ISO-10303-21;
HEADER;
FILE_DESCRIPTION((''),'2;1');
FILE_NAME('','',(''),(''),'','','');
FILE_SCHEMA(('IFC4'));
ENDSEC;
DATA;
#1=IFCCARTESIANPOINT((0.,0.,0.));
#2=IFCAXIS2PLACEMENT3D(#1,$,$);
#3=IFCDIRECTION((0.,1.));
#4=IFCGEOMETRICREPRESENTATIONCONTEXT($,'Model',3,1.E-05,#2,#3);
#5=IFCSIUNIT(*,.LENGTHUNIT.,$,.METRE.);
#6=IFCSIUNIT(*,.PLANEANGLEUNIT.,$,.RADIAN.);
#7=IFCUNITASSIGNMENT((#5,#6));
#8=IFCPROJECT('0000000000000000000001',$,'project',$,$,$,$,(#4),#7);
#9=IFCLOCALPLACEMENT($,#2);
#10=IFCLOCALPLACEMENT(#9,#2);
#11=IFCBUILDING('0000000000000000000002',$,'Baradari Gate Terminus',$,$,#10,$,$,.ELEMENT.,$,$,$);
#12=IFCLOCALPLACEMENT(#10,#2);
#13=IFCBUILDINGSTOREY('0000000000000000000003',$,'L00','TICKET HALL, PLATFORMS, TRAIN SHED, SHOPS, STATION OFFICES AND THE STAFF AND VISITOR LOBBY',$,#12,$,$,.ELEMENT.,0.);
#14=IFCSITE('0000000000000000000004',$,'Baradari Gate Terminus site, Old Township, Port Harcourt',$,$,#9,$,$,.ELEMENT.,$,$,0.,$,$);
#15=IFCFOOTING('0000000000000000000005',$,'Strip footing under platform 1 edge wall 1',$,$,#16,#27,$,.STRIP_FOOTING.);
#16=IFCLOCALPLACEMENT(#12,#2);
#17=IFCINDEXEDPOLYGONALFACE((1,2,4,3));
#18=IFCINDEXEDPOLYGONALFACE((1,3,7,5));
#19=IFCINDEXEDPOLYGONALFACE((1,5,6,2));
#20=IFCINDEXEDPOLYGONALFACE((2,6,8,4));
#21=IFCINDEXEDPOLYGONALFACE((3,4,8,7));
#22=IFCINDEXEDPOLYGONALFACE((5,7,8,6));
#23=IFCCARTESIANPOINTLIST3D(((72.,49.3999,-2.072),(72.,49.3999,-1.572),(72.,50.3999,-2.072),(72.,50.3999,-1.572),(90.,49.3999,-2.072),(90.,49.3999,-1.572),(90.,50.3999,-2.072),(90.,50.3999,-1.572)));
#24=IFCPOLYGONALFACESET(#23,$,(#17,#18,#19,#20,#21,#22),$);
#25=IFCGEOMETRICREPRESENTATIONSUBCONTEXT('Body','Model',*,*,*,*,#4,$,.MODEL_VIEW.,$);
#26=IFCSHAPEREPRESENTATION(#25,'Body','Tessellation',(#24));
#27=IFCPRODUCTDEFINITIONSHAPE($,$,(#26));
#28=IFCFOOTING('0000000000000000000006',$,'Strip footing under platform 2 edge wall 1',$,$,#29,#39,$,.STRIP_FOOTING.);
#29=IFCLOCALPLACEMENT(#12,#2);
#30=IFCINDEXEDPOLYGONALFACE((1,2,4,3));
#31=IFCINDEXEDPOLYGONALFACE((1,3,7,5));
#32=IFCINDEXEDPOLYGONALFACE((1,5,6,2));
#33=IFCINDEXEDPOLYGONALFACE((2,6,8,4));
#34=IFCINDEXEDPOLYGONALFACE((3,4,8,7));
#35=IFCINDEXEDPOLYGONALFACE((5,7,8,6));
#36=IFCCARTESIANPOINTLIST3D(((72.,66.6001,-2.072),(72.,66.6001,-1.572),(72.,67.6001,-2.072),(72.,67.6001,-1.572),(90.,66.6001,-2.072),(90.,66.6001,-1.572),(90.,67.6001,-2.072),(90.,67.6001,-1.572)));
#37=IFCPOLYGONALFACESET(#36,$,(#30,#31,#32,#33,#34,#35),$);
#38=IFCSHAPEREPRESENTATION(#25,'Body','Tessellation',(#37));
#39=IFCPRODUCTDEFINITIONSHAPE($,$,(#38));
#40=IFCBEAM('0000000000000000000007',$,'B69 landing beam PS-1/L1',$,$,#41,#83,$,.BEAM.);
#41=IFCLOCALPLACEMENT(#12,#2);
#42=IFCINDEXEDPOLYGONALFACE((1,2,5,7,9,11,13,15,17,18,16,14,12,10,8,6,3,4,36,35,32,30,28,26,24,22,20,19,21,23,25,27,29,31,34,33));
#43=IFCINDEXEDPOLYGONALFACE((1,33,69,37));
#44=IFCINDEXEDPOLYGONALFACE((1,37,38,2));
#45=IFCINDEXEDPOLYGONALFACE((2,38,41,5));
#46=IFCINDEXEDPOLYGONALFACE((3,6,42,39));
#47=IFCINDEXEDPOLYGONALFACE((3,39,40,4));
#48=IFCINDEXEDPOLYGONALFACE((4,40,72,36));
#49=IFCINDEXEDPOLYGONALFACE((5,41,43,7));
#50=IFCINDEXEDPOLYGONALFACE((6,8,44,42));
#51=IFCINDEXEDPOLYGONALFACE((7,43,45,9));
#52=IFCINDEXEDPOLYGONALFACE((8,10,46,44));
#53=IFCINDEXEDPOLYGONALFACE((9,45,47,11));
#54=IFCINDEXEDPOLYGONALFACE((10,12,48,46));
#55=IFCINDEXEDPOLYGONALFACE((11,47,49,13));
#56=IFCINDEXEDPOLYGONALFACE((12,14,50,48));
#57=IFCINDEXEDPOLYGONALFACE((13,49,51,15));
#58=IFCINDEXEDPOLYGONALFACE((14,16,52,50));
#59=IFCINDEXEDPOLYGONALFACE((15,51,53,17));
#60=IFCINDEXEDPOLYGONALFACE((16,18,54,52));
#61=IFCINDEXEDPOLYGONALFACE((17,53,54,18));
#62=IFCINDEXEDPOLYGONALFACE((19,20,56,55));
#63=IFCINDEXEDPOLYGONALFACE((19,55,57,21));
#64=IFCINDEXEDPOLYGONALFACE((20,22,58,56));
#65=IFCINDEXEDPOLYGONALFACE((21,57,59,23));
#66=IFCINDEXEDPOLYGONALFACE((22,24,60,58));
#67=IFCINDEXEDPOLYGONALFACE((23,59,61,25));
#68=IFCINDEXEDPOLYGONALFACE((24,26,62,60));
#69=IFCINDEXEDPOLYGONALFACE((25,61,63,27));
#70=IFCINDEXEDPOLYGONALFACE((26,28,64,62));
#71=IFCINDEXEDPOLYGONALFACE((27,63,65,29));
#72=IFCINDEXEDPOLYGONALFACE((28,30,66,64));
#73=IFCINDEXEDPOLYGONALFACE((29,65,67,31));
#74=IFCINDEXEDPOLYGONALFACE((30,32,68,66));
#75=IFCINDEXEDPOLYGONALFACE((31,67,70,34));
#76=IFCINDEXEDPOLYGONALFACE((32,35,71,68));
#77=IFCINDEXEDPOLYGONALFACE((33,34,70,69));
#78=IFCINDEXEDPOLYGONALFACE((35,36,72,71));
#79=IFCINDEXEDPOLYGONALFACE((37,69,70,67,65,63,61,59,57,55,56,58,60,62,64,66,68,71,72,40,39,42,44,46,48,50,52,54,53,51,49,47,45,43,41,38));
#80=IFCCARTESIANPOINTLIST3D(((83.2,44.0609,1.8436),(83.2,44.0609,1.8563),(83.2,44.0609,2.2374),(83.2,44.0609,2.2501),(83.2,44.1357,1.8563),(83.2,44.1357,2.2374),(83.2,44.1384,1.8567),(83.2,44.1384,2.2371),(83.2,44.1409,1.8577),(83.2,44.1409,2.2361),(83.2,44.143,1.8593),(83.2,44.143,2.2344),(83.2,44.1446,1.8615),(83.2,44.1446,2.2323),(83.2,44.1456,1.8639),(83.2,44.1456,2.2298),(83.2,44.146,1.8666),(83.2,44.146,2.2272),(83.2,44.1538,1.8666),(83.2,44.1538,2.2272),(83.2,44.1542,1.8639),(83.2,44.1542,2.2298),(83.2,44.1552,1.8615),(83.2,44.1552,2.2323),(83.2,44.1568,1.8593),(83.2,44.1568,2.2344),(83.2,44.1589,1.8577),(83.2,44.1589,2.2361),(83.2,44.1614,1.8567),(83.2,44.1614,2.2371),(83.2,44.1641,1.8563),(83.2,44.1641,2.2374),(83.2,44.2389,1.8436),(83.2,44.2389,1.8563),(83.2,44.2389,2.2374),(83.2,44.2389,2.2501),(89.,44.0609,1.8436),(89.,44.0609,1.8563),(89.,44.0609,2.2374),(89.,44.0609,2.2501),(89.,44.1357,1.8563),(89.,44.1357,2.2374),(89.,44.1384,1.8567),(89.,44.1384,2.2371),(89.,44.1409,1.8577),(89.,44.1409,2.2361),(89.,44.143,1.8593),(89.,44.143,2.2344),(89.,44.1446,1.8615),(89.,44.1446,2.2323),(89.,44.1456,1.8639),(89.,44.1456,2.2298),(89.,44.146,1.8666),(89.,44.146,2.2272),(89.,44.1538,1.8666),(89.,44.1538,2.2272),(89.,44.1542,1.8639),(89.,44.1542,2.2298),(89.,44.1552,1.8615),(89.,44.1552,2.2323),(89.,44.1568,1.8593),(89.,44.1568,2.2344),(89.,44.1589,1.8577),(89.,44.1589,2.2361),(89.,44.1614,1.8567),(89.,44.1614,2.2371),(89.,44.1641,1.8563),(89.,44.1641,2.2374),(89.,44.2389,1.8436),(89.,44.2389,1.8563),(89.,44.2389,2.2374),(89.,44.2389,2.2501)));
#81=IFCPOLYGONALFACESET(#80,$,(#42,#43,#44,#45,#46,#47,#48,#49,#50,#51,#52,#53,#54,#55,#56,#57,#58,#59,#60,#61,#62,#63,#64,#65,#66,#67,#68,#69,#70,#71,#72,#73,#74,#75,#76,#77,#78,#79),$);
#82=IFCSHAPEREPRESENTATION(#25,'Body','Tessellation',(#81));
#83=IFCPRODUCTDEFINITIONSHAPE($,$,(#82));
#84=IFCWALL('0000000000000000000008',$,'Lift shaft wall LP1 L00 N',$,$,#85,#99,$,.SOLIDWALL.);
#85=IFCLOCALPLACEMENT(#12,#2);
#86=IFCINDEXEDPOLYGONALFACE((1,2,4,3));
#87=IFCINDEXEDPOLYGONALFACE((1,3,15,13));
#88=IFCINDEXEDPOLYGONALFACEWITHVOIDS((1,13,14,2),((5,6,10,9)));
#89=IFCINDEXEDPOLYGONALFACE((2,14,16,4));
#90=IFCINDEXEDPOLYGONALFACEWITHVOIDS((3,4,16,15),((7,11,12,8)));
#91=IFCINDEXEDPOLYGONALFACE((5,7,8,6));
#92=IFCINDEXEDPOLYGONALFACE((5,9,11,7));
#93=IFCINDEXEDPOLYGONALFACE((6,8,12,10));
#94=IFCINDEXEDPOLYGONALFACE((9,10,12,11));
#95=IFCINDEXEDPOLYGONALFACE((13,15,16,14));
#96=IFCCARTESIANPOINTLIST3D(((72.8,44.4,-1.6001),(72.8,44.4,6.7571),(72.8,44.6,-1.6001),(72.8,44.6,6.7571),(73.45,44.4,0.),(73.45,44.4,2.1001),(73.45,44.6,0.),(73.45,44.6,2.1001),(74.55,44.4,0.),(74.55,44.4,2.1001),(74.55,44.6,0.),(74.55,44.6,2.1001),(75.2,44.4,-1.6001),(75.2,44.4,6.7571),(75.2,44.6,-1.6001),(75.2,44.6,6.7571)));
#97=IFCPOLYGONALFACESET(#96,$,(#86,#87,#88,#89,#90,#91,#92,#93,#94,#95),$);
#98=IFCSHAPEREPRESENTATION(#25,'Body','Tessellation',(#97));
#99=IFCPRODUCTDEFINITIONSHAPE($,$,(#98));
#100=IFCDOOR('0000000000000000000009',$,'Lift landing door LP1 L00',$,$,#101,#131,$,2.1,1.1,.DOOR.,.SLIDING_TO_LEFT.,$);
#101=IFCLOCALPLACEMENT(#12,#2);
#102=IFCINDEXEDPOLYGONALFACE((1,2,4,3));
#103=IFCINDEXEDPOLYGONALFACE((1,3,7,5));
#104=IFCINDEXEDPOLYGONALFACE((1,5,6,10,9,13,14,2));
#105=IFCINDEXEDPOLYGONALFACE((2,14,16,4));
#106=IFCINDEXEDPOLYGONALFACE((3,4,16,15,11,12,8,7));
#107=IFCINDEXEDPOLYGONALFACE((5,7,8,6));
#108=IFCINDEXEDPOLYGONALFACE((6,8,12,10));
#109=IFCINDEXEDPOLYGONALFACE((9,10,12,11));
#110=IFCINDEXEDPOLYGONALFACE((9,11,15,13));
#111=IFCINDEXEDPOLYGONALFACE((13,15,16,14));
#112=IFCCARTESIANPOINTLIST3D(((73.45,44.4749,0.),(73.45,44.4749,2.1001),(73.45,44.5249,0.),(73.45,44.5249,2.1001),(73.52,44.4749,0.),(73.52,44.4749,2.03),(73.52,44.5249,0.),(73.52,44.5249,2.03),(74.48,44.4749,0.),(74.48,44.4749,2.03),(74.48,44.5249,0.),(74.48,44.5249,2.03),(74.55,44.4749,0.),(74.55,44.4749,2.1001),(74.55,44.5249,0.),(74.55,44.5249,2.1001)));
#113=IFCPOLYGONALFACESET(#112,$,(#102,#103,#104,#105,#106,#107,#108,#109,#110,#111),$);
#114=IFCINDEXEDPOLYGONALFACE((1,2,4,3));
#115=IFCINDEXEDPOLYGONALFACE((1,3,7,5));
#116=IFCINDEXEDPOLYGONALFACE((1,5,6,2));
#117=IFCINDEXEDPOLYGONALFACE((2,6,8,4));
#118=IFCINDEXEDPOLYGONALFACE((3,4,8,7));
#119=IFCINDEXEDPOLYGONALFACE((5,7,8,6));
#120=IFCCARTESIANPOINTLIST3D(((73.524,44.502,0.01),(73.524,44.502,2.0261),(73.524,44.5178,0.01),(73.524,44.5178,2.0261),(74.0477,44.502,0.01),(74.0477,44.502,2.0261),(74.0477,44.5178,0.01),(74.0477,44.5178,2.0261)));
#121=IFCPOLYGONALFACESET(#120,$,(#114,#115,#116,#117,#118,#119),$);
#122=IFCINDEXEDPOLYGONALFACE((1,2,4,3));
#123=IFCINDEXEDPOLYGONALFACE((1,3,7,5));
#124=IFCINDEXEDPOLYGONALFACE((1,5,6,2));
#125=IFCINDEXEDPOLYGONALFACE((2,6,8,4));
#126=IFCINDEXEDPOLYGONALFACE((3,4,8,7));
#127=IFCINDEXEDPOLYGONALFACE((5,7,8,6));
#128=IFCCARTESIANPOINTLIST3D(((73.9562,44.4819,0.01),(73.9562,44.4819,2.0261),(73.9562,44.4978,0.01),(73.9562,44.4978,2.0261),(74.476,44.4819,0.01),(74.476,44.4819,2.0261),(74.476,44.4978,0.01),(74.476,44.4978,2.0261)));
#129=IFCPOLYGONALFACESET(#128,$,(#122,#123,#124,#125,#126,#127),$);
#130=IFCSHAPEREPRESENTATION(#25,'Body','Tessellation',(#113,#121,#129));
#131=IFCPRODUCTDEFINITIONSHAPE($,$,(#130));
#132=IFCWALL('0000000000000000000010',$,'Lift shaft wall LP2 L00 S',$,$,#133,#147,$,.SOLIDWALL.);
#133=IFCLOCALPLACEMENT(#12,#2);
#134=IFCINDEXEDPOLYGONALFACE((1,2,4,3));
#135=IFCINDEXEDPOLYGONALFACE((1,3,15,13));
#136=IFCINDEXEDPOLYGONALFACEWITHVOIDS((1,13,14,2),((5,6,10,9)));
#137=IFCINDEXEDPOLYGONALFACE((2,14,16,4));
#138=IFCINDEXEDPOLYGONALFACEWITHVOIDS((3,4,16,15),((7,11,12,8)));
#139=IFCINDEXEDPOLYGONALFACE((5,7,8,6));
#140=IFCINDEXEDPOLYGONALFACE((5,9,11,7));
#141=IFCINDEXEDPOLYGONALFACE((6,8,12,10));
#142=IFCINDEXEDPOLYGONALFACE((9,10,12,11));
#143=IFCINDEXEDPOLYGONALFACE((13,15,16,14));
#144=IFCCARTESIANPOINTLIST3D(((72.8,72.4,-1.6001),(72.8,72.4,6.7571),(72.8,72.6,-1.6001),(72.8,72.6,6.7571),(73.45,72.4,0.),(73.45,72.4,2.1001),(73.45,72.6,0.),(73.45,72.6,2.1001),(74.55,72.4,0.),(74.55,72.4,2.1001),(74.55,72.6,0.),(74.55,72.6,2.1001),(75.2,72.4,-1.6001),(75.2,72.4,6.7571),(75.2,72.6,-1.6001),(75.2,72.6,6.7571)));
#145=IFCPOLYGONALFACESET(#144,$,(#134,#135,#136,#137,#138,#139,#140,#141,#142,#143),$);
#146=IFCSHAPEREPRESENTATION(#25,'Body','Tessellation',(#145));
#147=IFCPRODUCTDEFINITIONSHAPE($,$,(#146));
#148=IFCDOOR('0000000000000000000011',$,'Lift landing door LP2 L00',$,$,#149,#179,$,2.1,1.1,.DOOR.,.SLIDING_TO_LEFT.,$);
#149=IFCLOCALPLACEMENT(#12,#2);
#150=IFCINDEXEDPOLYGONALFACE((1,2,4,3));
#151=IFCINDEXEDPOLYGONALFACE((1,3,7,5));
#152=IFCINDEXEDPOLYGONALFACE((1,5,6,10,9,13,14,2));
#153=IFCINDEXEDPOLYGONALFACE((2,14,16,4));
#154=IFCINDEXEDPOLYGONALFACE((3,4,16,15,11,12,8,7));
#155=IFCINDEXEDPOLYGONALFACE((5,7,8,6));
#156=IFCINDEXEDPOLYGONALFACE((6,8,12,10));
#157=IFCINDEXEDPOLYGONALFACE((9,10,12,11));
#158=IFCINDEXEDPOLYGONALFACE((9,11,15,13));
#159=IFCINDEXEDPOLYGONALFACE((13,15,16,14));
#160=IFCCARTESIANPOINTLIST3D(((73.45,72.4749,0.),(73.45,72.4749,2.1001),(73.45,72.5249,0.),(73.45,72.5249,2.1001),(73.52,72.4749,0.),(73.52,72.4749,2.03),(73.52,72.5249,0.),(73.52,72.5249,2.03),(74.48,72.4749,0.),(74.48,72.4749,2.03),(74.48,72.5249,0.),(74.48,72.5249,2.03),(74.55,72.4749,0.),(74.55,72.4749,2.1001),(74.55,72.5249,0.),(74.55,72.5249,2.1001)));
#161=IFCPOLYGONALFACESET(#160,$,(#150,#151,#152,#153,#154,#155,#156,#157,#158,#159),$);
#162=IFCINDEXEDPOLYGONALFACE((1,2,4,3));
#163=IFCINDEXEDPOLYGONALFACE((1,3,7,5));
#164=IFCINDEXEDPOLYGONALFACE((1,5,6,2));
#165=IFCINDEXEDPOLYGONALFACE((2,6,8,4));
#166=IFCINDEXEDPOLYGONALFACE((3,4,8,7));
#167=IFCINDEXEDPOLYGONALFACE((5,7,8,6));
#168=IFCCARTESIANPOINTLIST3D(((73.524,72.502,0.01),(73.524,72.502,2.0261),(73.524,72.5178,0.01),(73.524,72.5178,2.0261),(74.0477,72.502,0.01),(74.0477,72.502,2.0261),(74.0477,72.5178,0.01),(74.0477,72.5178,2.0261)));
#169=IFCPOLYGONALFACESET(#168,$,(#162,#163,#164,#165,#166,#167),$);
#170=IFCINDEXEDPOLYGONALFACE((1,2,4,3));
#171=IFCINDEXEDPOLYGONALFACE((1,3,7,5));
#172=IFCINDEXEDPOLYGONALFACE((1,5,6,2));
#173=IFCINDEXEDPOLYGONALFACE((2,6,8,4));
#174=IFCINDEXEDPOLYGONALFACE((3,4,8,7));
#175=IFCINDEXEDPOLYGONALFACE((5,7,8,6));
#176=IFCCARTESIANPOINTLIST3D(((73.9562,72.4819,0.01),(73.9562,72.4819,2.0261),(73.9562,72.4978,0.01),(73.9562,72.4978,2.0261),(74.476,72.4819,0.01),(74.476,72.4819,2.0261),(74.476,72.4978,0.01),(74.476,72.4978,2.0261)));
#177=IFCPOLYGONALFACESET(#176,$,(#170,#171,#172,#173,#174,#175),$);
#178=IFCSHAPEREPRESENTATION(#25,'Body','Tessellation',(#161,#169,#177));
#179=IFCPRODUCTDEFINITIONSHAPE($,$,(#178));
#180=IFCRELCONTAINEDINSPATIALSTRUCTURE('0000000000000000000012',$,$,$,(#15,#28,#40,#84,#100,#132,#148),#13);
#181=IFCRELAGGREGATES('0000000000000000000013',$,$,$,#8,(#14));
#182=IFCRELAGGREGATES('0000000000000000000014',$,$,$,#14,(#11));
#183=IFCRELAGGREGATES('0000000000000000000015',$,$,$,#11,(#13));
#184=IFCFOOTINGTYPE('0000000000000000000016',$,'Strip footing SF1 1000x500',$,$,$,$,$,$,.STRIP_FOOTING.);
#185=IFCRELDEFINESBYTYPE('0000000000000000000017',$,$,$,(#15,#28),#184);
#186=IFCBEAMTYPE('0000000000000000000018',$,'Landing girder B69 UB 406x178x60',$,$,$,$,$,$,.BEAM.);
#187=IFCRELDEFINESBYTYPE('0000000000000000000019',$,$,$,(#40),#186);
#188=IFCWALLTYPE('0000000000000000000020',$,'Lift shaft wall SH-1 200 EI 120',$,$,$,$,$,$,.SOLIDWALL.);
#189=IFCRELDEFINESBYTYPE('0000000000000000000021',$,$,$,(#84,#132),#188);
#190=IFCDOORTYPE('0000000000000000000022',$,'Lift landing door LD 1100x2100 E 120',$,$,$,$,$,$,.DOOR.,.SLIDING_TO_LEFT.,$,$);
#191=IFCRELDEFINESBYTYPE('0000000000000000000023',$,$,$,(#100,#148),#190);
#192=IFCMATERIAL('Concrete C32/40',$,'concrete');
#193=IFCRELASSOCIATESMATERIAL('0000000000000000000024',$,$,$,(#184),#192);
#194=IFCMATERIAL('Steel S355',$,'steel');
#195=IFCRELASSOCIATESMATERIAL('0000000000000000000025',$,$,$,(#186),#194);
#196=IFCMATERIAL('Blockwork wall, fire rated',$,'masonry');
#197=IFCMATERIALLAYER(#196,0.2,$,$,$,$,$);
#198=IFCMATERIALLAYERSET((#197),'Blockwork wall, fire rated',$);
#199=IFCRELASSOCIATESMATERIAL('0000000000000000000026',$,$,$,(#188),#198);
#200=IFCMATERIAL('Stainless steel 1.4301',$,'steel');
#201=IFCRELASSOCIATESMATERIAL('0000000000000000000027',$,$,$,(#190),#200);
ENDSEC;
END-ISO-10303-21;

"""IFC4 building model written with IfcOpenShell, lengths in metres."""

from ifc_helpers import new_model, si_unit, direction, frame, frame_2d, origin, origin_2d, place, context, subcontext, project, spatial, polyline, rectangle, i_section, outline, extrude, material, layer, layer_set, material_profile, profile_set, type_object, element, fill, save


model = new_model("IFC4")

# Units and contexts
model_context = context("Model", 3, precision=1e-05, world=origin(), true_north=direction((0.0, 1.0)))
body_context = subcontext(model_context, "Body", "Model", "MODEL_VIEW")
ifc_project = project(units=[si_unit("LENGTHUNIT", "METRE"), si_unit("PLANEANGLEUNIT", "RADIAN")], contexts=[model_context])

# Site, building, storey
site_placement = place(None, origin())
site = spatial("IfcSite", under=ifc_project, at=site_placement, Name="Baradari Gate Terminus site, Old Township, Port Harcourt", CompositionType="ELEMENT", RefElevation=0.0)
building_placement = place(site_placement, origin())
building = spatial("IfcBuilding", under=site, at=building_placement, Name="Baradari Gate Terminus", CompositionType="ELEMENT")
storey_placement = place(building_placement, origin())
storey = spatial("IfcBuildingStorey", under=building, at=storey_placement, Name="L00", Description="TICKET HALL, PLATFORMS, TRAIN SHED, SHOPS, STATION OFFICES AND THE STAFF AND VISITOR LOBBY", CompositionType="ELEMENT", Elevation=0.0)

# Footings
ifc_material_1 = material(Name="Concrete C32/40", Category="concrete")
footing_type = type_object("IfcFootingType", Name="Strip footing SF1 1000x500", PredefinedType="STRIP_FOOTING", material=ifc_material_1)
for number, where, z_axis, x_axis, name in (
    (1, (81.0, 49.8999, -2.072), (0.0, 0.0, 1.0), (1.0, 0.0, 0.0), "Strip footing under platform 1 edge wall 1"),
    (2, (81.0, 67.1001, -2.072), (0.0, 0.0, 1.0), (1.0, 0.0, 0.0), "Strip footing under platform 2 edge wall 1"),
):
    element("IfcFooting", number, at=place(storey_placement, frame(where, z_axis=z_axis, x_axis=x_axis)), inside=storey, type_object=footing_type, Name=name, PredefinedType="STRIP_FOOTING", context=body_context, shape_type="SweptSolid", body=[
        extrude(rectangle(XDim=18.0, YDim=1.0, at=origin_2d()), origin(), (0.0, 0.0, 1.0), 0.5),
    ])

# Beam
ifc_material_2 = material(Name="Steel S355", Category="steel")
ifc_material_profile = material_profile(ifc_material_2, i_section(OverallWidth=0.178, OverallDepth=0.4065, WebThickness=0.0078, FlangeThickness=0.0127, FilletRadius=0.0103, at=origin_2d()), Name="UB 406x178x60")
ifc_profile_set = profile_set([ifc_material_profile], Name="Steel S355")
beam_type = type_object("IfcBeamType", Name="Landing girder B69 UB 406x178x60", PredefinedType="BEAM", material=ifc_profile_set)
beam_placement = place(storey_placement, frame((83.2, 44.1499, 2.0469), z_axis=(1.0, 0.0, 0.0), x_axis=(0.0, 1.0, 0.0)))
element("IfcBeam", 3, at=beam_placement, inside=storey, type_object=beam_type, Name="B69 landing beam PS-1/L1", PredefinedType="BEAM", context=body_context, shape_type="SweptSolid", body=[
    extrude(i_section(OverallWidth=0.178, OverallDepth=0.4065, WebThickness=0.0078, FlangeThickness=0.0127, FilletRadius=0.0103, at=origin_2d()), origin(), (0.0, 0.0, 1.0), 5.8),
])

# Walls, openings, doors
ifc_material_3 = material(Name="Blockwork wall, fire rated", Category="masonry")
ifc_layer_1 = layer(ifc_material_3, 0.2)
ifc_layer_set_1 = layer_set([ifc_layer_1], Name="Blockwork wall, fire rated")
wall_type_1 = type_object("IfcWallType", Name="Lift shaft wall SH-1 200 EI 120", PredefinedType="SOLIDWALL", material=ifc_layer_set_1)
wall_1_placement = place(storey_placement, frame((72.8, 44.5, -1.6001), z_axis=(0.0, 0.0, 1.0), x_axis=(1.0, 0.0, 0.0)))
wall_1 = element("IfcWall", 4, at=wall_1_placement, inside=storey, type_object=wall_type_1, Name="Lift shaft wall LP1 L00 N", PredefinedType="SOLIDWALL", context=body_context, shape_type="SweptSolid", body=[
    extrude(rectangle(XDim=2.3999, YDim=0.2, at=frame_2d((1.2, 0.0))), origin(), (0.0, 0.0, 1.0), 8.3572),
])
opening_1_placement = place(wall_1_placement, frame((0.6499, 0.0, 1.6001)))
opening_1 = element("IfcOpeningElement", 5, at=opening_1_placement, cuts=wall_1, PredefinedType="OPENING", context=body_context, shape_type="SweptSolid", body=[
    extrude(rectangle(XDim=1.1001, YDim=2.1001, at=frame_2d((0.55, 1.05))), frame((0.0, 0.1099, 0.0), z_axis=(0.0, -1.0, 0.0), x_axis=(1.0, 0.0, 0.0)), (0.0, 0.0, 1.0), 0.22),
])
ifc_material_4 = material(Name="Stainless steel 1.4301", Category="steel")
door_type = type_object("IfcDoorType", Name="Lift landing door LD 1100x2100 E 120", OperationType="SLIDING_TO_LEFT", PredefinedType="DOOR", material=ifc_material_4)
door_1_placement = place(opening_1_placement, origin())
door_1 = element("IfcDoor", 6, at=door_1_placement, inside=storey, type_object=door_type, Name="Lift landing door LP1 L00", OperationType="SLIDING_TO_LEFT", OverallHeight=2.1, OverallWidth=1.1, PredefinedType="DOOR", context=body_context, shape_type="SweptSolid", body=[
    extrude(outline(polyline([(0.0, 0.0), (0.0701, 0.0), (0.0701, 2.03), (1.03, 2.03), (1.03, 0.0), (1.1001, 0.0), (1.1001, 2.1001), (0.0, 2.1001), (0.0, 0.0)])), frame((0.0, 0.0249, 0.0), z_axis=(0.0, -1.0, 0.0), x_axis=(1.0, 0.0, 0.0)), (0.0, 0.0, 1.0), 0.05),
    extrude(rectangle(XDim=0.5237, YDim=2.0161, at=frame_2d((0.3359, 1.0181))), frame((0.0, 0.0178, 0.0), z_axis=(0.0, -1.0, 0.0), x_axis=(1.0, 0.0, 0.0)), (0.0, 0.0, 1.0), 0.0159),
    extrude(rectangle(XDim=0.5198, YDim=2.0161, at=frame_2d((0.7661, 1.0181))), frame((0.0, -0.0022, 0.0), z_axis=(0.0, -1.0, 0.0), x_axis=(1.0, 0.0, 0.0)), (0.0, 0.0, 1.0), 0.0159),
])
fill(opening_1, door_1)
wall_2_placement = place(storey_placement, frame((72.8, 72.5, -1.6001), z_axis=(0.0, 0.0, 1.0), x_axis=(1.0, 0.0, 0.0)))
wall_2 = element("IfcWall", 7, at=wall_2_placement, inside=storey, type_object=wall_type_1, Name="Lift shaft wall LP2 L00 S", PredefinedType="SOLIDWALL", context=body_context, shape_type="SweptSolid", body=[
    extrude(rectangle(XDim=2.3999, YDim=0.2, at=frame_2d((1.2, 0.0))), origin(), (0.0, 0.0, 1.0), 8.3572),
])
opening_2_placement = place(wall_2_placement, frame((0.6499, 0.0, 1.6001)))
opening_2 = element("IfcOpeningElement", 8, at=opening_2_placement, cuts=wall_2, PredefinedType="OPENING", context=body_context, shape_type="SweptSolid", body=[
    extrude(rectangle(XDim=1.1001, YDim=2.1001, at=frame_2d((0.55, 1.05))), frame((0.0, 0.1099, 0.0), z_axis=(0.0, -1.0, 0.0), x_axis=(1.0, 0.0, 0.0)), (0.0, 0.0, 1.0), 0.22),
])
door_2_placement = place(opening_2_placement, origin())
door_2 = element("IfcDoor", 9, at=door_2_placement, inside=storey, type_object=door_type, Name="Lift landing door LP2 L00", OperationType="SLIDING_TO_LEFT", OverallHeight=2.1, OverallWidth=1.1, PredefinedType="DOOR", context=body_context, shape_type="SweptSolid", body=[
    extrude(outline(polyline([(0.0, 0.0), (0.0701, 0.0), (0.0701, 2.03), (1.03, 2.03), (1.03, 0.0), (1.1001, 0.0), (1.1001, 2.1001), (0.0, 2.1001), (0.0, 0.0)])), frame((0.0, 0.0249, 0.0), z_axis=(0.0, -1.0, 0.0), x_axis=(1.0, 0.0, 0.0)), (0.0, 0.0, 1.0), 0.05),
    extrude(rectangle(XDim=0.5237, YDim=2.0161, at=frame_2d((0.3359, 1.0181))), frame((0.0, 0.0178, 0.0), z_axis=(0.0, -1.0, 0.0), x_axis=(1.0, 0.0, 0.0)), (0.0, 0.0, 1.0), 0.0159),
    extrude(rectangle(XDim=0.5198, YDim=2.0161, at=frame_2d((0.7661, 1.0181))), frame((0.0, -0.0022, 0.0), z_axis=(0.0, -1.0, 0.0), x_axis=(1.0, 0.0, 0.0)), (0.0, 0.0, 1.0), 0.0159),
])
fill(opening_2, door_2)

save(model, "model.ifc")
